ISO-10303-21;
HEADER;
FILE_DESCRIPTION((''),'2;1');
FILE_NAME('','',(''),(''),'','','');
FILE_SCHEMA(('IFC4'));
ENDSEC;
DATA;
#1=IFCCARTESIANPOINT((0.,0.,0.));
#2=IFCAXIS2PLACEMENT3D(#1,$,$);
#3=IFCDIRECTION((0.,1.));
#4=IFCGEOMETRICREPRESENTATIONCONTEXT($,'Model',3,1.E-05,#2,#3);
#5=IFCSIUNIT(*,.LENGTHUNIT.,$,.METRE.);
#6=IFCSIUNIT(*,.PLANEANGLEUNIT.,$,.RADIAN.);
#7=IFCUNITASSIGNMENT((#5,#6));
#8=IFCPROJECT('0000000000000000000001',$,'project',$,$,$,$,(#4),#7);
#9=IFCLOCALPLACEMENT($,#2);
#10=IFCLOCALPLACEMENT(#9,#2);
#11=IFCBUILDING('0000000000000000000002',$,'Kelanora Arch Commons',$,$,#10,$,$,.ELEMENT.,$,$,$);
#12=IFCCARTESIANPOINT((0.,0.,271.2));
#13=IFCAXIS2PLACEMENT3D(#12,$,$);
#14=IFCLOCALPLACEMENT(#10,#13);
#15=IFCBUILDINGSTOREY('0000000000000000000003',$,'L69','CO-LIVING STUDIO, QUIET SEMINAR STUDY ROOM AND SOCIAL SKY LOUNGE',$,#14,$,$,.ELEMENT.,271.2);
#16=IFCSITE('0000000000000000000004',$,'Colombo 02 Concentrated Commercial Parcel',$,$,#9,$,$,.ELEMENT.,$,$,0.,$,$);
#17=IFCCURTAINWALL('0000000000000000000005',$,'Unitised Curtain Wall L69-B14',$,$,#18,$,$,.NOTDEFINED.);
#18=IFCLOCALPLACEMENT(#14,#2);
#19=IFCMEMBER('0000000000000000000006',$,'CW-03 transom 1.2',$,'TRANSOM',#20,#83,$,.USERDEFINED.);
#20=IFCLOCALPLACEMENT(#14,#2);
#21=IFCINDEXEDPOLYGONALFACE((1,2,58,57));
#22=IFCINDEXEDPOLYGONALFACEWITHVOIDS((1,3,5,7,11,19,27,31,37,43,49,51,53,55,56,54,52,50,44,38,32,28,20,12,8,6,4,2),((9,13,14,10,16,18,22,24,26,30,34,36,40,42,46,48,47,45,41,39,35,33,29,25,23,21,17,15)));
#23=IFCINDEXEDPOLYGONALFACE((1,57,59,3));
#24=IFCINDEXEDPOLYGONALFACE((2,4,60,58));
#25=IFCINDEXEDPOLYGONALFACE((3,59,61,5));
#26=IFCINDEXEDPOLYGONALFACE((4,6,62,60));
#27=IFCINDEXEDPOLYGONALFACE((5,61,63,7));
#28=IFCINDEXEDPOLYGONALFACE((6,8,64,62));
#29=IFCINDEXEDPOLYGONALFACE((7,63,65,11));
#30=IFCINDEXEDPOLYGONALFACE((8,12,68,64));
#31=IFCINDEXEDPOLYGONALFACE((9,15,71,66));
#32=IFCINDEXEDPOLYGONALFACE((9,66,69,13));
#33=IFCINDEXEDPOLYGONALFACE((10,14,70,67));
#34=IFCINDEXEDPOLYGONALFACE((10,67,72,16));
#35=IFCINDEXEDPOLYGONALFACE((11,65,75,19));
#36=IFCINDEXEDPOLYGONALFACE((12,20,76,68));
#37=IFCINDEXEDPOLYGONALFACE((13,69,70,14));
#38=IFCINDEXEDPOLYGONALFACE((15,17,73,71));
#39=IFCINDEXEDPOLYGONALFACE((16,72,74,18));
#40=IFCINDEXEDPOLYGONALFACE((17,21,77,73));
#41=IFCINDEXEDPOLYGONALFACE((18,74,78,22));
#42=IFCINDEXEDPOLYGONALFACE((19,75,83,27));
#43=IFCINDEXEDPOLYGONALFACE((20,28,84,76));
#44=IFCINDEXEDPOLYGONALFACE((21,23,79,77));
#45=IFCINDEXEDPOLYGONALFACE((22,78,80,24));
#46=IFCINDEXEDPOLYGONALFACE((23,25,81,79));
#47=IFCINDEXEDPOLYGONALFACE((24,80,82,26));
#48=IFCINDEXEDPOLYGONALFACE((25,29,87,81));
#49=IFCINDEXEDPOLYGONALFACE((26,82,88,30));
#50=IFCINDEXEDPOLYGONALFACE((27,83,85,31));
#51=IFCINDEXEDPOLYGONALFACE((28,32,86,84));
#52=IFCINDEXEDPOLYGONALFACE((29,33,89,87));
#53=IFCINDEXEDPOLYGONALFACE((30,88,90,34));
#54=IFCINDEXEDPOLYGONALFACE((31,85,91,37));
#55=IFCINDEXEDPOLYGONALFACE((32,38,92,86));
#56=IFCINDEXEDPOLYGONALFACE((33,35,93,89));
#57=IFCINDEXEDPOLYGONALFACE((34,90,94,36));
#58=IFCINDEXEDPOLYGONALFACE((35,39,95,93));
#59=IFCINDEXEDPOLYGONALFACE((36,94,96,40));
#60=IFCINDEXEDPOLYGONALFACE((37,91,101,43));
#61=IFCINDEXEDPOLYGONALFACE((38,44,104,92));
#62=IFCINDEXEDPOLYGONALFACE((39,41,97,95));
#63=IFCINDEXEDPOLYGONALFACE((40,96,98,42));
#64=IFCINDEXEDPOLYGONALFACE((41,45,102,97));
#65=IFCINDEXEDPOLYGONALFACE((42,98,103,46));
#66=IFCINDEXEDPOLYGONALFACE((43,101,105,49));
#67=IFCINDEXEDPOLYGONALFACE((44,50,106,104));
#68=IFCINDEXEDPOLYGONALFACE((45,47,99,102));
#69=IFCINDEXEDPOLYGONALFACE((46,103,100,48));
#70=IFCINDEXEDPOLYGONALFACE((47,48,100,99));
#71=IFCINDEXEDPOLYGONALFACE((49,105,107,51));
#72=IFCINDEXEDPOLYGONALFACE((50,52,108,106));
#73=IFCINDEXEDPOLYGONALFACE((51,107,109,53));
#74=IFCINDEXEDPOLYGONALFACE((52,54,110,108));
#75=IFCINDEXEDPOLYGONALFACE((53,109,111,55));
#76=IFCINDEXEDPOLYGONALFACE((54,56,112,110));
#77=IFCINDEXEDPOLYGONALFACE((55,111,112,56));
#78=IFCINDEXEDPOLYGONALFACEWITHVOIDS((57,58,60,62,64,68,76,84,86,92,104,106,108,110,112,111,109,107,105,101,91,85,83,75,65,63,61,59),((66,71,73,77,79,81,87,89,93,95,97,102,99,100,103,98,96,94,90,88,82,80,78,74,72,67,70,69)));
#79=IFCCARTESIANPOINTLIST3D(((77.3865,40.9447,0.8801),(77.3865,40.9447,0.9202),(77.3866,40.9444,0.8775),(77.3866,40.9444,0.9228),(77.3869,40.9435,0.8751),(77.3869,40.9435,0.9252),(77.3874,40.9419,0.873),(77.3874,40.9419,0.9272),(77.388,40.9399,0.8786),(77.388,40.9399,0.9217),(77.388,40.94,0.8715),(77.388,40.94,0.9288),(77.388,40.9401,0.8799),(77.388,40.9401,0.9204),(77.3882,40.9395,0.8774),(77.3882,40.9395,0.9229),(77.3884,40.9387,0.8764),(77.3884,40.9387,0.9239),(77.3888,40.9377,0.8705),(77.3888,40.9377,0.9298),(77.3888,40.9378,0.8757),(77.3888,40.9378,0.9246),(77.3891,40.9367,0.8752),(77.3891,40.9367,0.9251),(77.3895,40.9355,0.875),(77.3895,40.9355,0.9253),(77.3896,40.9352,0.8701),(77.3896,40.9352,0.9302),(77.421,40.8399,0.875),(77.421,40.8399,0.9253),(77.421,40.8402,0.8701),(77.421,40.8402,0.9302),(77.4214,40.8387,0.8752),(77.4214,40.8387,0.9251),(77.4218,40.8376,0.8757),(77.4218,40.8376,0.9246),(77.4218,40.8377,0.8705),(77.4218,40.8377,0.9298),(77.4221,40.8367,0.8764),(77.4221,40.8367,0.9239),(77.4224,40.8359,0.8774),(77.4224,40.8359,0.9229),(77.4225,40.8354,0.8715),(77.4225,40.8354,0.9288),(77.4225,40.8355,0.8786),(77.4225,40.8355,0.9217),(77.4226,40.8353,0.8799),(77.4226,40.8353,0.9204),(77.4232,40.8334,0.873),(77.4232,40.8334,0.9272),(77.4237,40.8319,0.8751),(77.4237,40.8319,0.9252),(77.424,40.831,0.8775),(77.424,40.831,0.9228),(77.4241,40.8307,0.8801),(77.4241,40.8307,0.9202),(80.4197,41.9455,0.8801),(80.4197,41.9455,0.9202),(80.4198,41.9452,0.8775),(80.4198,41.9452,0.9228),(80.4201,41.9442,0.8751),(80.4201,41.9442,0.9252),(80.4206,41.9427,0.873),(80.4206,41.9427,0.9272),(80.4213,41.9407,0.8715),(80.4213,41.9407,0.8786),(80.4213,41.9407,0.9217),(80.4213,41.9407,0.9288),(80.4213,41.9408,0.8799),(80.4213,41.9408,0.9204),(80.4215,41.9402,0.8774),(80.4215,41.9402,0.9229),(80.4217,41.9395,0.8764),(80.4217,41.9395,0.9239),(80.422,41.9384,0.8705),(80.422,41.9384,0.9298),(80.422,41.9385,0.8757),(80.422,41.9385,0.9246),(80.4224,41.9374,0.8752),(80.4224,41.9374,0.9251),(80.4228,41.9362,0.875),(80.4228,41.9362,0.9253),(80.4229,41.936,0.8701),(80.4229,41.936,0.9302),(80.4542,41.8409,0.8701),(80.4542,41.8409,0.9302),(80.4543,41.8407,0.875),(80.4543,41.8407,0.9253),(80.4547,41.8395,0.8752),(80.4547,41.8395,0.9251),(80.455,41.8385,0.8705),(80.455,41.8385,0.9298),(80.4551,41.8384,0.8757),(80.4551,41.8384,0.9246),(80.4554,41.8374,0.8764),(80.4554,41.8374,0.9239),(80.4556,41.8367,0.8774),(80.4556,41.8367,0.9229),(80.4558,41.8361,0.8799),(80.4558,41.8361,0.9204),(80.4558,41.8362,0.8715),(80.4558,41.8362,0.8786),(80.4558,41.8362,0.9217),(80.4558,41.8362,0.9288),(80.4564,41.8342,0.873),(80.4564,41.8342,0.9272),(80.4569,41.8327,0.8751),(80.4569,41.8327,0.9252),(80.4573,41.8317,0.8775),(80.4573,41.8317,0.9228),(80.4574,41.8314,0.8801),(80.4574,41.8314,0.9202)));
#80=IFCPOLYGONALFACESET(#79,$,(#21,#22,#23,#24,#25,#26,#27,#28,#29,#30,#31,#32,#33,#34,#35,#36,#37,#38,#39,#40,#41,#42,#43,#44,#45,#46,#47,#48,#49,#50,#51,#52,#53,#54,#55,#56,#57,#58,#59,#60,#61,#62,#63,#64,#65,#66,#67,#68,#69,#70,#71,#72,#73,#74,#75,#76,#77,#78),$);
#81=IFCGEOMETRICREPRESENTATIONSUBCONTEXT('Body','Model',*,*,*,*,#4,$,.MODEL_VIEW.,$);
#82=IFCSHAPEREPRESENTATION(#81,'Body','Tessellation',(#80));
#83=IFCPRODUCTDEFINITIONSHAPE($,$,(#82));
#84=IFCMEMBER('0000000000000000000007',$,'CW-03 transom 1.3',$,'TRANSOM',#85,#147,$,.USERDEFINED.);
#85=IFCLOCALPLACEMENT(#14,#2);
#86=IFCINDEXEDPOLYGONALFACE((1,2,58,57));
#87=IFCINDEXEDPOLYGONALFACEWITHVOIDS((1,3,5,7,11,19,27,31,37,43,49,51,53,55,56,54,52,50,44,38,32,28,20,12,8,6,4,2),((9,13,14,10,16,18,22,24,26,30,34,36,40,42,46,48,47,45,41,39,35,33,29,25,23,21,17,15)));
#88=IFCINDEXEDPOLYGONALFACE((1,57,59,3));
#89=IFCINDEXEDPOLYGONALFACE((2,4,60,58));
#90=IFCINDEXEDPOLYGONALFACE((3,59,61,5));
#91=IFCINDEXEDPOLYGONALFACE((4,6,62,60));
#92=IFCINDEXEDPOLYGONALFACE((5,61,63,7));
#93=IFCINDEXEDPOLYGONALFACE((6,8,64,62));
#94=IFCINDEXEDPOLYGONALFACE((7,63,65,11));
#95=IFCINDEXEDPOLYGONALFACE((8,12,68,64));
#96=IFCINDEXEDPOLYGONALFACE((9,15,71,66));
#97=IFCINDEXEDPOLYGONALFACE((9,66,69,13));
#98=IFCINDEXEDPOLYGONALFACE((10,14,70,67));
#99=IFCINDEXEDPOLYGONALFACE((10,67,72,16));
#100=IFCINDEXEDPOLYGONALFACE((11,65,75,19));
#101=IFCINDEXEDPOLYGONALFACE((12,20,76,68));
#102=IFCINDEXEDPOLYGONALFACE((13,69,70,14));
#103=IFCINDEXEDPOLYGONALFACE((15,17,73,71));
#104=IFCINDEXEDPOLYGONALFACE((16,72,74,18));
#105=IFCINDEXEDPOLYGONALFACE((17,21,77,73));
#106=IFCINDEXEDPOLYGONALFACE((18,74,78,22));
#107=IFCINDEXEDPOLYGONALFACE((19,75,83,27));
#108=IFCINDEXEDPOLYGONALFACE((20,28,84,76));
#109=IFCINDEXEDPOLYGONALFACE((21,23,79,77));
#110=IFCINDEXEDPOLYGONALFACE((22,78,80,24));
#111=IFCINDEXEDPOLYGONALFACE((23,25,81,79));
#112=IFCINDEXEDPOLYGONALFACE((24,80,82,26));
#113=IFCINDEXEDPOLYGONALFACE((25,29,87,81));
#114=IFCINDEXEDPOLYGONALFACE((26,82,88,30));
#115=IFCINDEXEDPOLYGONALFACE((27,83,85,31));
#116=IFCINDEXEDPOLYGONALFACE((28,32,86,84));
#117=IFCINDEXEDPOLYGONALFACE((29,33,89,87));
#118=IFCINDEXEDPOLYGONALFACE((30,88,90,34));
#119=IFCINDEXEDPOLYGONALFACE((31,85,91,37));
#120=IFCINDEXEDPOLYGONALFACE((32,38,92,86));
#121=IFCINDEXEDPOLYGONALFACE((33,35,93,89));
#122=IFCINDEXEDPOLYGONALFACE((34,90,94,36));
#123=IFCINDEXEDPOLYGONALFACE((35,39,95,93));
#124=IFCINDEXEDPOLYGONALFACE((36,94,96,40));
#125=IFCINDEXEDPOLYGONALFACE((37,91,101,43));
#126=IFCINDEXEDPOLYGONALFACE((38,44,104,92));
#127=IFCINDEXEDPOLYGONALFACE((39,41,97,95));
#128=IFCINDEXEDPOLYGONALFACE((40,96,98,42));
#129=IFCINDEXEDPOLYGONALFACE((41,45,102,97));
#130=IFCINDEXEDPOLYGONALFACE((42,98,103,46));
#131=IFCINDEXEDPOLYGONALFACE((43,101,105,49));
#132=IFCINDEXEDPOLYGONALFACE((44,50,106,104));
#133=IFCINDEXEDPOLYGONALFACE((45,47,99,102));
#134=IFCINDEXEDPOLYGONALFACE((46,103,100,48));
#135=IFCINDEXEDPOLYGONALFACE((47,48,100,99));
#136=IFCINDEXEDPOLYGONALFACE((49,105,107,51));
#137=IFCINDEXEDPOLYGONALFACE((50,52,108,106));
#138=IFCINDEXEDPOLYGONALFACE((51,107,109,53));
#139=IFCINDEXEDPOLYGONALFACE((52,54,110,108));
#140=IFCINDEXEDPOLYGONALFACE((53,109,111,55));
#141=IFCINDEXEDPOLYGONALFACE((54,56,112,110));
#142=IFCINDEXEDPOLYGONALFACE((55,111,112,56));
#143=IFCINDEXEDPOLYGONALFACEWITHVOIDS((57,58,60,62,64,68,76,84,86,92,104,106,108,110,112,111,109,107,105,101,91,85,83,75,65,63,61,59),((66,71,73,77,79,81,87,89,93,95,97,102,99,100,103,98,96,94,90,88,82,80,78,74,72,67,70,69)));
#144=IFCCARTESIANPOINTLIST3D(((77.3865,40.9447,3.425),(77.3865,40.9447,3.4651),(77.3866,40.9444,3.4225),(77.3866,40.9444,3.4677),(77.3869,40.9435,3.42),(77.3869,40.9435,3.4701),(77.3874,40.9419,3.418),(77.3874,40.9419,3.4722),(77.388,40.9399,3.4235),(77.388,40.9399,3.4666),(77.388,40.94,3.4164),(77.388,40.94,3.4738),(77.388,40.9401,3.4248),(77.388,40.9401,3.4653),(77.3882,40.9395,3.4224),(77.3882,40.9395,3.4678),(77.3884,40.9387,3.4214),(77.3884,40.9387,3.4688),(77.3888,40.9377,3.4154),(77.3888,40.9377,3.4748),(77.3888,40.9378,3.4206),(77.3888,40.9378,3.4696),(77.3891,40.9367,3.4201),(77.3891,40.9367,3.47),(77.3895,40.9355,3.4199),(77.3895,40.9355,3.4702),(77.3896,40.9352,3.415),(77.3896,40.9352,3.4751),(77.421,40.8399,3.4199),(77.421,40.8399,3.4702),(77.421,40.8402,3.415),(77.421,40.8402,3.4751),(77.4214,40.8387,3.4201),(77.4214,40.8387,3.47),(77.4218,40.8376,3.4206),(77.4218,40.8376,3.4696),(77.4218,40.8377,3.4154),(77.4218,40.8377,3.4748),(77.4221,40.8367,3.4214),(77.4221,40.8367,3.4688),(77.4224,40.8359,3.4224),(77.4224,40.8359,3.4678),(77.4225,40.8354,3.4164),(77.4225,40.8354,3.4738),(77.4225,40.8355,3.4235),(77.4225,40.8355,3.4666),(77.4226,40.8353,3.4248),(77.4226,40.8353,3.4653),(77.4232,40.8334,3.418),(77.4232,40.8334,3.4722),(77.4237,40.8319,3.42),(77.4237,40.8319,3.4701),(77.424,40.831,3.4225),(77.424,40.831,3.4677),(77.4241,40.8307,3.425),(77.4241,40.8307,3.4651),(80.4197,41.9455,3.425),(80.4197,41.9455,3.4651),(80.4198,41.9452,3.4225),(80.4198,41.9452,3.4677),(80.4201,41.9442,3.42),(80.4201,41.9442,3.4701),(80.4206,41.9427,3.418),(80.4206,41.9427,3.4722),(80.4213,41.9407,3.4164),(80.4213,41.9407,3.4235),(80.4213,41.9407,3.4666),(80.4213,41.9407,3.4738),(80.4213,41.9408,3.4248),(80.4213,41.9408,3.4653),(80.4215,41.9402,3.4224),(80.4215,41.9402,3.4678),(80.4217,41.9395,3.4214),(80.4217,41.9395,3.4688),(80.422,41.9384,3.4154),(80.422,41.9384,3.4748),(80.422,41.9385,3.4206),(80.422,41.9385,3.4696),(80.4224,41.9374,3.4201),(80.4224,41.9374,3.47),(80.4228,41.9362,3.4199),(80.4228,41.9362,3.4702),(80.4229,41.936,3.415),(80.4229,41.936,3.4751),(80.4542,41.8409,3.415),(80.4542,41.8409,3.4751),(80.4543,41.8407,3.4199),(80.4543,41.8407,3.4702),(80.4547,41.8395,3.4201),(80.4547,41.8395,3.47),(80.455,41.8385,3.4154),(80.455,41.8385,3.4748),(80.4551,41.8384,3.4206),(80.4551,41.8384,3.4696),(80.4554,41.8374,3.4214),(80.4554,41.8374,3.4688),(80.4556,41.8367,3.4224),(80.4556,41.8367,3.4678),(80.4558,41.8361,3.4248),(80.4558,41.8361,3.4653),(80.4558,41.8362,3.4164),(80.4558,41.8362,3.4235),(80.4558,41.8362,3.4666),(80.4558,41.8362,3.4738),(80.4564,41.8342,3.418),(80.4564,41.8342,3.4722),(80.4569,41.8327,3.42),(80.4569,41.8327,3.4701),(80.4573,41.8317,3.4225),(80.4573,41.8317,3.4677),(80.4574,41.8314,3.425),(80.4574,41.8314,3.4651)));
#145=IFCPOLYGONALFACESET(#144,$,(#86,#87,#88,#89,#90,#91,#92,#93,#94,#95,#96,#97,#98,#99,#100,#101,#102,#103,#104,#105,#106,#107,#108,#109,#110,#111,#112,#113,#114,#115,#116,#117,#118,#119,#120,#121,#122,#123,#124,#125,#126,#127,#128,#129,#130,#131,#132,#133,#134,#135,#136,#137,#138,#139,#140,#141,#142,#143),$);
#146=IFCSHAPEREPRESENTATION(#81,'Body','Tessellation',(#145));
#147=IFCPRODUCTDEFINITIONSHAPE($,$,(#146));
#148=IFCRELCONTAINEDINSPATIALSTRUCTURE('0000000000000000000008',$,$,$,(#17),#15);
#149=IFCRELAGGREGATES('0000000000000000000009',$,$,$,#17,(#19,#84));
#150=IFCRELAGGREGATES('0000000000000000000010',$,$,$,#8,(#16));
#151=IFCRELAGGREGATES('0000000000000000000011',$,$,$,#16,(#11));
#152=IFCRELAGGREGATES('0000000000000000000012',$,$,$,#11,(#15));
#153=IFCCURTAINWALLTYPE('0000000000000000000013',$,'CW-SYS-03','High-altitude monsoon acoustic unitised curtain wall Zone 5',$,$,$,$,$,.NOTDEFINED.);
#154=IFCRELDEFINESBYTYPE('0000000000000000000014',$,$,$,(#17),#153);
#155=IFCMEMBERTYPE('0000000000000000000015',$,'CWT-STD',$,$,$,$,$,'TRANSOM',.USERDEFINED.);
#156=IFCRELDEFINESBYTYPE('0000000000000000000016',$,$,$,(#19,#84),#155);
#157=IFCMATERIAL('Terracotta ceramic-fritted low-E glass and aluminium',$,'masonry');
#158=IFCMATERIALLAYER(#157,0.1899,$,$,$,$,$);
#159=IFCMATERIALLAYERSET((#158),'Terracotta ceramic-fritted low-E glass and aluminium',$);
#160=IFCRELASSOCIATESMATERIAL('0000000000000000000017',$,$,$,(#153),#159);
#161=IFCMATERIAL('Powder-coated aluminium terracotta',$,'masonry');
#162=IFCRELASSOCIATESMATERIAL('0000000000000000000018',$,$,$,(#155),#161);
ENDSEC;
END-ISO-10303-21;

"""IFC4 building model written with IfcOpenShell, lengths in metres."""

from ifc_helpers import new_model, si_unit, direction, frame, origin, origin_2d, place, context, subcontext, project, spatial, hollow_rectangle, extrude, material, layer, layer_set, material_profile, profile_set, type_object, element, aggregate, save


model = new_model("IFC4")

# Units and contexts
model_context = context("Model", 3, precision=1e-05, world=origin(), true_north=direction((0.0, 1.0)))
body_context = subcontext(model_context, "Body", "Model", "MODEL_VIEW")
ifc_project = project(units=[si_unit("LENGTHUNIT", "METRE"), si_unit("PLANEANGLEUNIT", "RADIAN")], contexts=[model_context])

# Site, building, storey
site_placement = place(None, origin())
site = spatial("IfcSite", under=ifc_project, at=site_placement, Name="Colombo 02 Concentrated Commercial Parcel", CompositionType="ELEMENT", RefElevation=0.0)
building_placement = place(site_placement, origin())
building = spatial("IfcBuilding", under=site, at=building_placement, Name="Kelanora Arch Commons", CompositionType="ELEMENT")
storey_placement = place(building_placement, frame((0.0, 0.0, 271.2)))
storey = spatial("IfcBuildingStorey", under=building, at=storey_placement, Name="L69", Description="CO-LIVING STUDIO, QUIET SEMINAR STUDY ROOM AND SOCIAL SKY LOUNGE", CompositionType="ELEMENT", Elevation=271.2)

# Curtain wall, members
ifc_material_1 = material(Name="Terracotta ceramic-fritted low-E glass and aluminium", Category="masonry")
ifc_layer_1 = layer(ifc_material_1, 0.1899)
ifc_layer_set_1 = layer_set([ifc_layer_1], Name="Terracotta ceramic-fritted low-E glass and aluminium")
curtain_wall_type = type_object("IfcCurtainWallType", Name="CW-SYS-03", Description="High-altitude monsoon acoustic unitised curtain wall Zone 5", PredefinedType="NOTDEFINED", material=ifc_layer_set_1)
curtain_wall_placement = place(storey_placement, origin())
curtain_wall = element("IfcCurtainWall", 1, at=curtain_wall_placement, inside=storey, type_object=curtain_wall_type, Name="Unitised Curtain Wall L69-B14", PredefinedType="NOTDEFINED")
ifc_material_2 = material(Name="Powder-coated aluminium terracotta", Category="masonry")
ifc_material_profile_1 = material_profile(ifc_material_2, hollow_rectangle(XDim=0.1201, YDim=0.0601, WallThickness=0.0049, InnerFilletRadius=0.0049, OuterFilletRadius=0.01, at=origin_2d()), Name="CWT120x60")
ifc_profile_set_1 = profile_set([ifc_material_profile_1], Name="Powder-coated aluminium terracotta")
member_type_1 = type_object("IfcMemberType", Name="CWT-STD", ElementType="TRANSOM", PredefinedType="USERDEFINED", material=ifc_profile_set_1)
member_1_placement = place(storey_placement, frame((77.4053, 40.8877, 0.9001), z_axis=(0.94965, 0.313314, 0.0), x_axis=(-0.313314, 0.94965, 0.0)))
member_1 = element("IfcMember", 2, at=member_1_placement, type_object=member_type_1, Name="CW-03 transom 1.2", ObjectType="TRANSOM", PredefinedType="USERDEFINED", context=body_context, shape_type="SweptSolid", body=[
    extrude(hollow_rectangle(XDim=0.1201, YDim=0.0601, WallThickness=0.0049, InnerFilletRadius=0.0049, OuterFilletRadius=0.01, at=origin_2d()), origin(), (0.0, 0.0, 1.0), 3.1941),
])
member_2_placement = place(storey_placement, frame((77.4053, 40.8877, 3.4451), z_axis=(0.94965, 0.313314, 0.0), x_axis=(-0.313314, 0.94965, 0.0)))
member_2 = element("IfcMember", 3, at=member_2_placement, type_object=member_type_1, Name="CW-03 transom 1.3", ObjectType="TRANSOM", PredefinedType="USERDEFINED", context=body_context, shape_type="SweptSolid", body=[
    extrude(hollow_rectangle(XDim=0.1201, YDim=0.0601, WallThickness=0.0049, InnerFilletRadius=0.0049, OuterFilletRadius=0.01, at=origin_2d()), origin(), (0.0, 0.0, 1.0), 3.1941),
])
aggregate(curtain_wall, [member_1, member_2])

save(model, "model.ifc")
